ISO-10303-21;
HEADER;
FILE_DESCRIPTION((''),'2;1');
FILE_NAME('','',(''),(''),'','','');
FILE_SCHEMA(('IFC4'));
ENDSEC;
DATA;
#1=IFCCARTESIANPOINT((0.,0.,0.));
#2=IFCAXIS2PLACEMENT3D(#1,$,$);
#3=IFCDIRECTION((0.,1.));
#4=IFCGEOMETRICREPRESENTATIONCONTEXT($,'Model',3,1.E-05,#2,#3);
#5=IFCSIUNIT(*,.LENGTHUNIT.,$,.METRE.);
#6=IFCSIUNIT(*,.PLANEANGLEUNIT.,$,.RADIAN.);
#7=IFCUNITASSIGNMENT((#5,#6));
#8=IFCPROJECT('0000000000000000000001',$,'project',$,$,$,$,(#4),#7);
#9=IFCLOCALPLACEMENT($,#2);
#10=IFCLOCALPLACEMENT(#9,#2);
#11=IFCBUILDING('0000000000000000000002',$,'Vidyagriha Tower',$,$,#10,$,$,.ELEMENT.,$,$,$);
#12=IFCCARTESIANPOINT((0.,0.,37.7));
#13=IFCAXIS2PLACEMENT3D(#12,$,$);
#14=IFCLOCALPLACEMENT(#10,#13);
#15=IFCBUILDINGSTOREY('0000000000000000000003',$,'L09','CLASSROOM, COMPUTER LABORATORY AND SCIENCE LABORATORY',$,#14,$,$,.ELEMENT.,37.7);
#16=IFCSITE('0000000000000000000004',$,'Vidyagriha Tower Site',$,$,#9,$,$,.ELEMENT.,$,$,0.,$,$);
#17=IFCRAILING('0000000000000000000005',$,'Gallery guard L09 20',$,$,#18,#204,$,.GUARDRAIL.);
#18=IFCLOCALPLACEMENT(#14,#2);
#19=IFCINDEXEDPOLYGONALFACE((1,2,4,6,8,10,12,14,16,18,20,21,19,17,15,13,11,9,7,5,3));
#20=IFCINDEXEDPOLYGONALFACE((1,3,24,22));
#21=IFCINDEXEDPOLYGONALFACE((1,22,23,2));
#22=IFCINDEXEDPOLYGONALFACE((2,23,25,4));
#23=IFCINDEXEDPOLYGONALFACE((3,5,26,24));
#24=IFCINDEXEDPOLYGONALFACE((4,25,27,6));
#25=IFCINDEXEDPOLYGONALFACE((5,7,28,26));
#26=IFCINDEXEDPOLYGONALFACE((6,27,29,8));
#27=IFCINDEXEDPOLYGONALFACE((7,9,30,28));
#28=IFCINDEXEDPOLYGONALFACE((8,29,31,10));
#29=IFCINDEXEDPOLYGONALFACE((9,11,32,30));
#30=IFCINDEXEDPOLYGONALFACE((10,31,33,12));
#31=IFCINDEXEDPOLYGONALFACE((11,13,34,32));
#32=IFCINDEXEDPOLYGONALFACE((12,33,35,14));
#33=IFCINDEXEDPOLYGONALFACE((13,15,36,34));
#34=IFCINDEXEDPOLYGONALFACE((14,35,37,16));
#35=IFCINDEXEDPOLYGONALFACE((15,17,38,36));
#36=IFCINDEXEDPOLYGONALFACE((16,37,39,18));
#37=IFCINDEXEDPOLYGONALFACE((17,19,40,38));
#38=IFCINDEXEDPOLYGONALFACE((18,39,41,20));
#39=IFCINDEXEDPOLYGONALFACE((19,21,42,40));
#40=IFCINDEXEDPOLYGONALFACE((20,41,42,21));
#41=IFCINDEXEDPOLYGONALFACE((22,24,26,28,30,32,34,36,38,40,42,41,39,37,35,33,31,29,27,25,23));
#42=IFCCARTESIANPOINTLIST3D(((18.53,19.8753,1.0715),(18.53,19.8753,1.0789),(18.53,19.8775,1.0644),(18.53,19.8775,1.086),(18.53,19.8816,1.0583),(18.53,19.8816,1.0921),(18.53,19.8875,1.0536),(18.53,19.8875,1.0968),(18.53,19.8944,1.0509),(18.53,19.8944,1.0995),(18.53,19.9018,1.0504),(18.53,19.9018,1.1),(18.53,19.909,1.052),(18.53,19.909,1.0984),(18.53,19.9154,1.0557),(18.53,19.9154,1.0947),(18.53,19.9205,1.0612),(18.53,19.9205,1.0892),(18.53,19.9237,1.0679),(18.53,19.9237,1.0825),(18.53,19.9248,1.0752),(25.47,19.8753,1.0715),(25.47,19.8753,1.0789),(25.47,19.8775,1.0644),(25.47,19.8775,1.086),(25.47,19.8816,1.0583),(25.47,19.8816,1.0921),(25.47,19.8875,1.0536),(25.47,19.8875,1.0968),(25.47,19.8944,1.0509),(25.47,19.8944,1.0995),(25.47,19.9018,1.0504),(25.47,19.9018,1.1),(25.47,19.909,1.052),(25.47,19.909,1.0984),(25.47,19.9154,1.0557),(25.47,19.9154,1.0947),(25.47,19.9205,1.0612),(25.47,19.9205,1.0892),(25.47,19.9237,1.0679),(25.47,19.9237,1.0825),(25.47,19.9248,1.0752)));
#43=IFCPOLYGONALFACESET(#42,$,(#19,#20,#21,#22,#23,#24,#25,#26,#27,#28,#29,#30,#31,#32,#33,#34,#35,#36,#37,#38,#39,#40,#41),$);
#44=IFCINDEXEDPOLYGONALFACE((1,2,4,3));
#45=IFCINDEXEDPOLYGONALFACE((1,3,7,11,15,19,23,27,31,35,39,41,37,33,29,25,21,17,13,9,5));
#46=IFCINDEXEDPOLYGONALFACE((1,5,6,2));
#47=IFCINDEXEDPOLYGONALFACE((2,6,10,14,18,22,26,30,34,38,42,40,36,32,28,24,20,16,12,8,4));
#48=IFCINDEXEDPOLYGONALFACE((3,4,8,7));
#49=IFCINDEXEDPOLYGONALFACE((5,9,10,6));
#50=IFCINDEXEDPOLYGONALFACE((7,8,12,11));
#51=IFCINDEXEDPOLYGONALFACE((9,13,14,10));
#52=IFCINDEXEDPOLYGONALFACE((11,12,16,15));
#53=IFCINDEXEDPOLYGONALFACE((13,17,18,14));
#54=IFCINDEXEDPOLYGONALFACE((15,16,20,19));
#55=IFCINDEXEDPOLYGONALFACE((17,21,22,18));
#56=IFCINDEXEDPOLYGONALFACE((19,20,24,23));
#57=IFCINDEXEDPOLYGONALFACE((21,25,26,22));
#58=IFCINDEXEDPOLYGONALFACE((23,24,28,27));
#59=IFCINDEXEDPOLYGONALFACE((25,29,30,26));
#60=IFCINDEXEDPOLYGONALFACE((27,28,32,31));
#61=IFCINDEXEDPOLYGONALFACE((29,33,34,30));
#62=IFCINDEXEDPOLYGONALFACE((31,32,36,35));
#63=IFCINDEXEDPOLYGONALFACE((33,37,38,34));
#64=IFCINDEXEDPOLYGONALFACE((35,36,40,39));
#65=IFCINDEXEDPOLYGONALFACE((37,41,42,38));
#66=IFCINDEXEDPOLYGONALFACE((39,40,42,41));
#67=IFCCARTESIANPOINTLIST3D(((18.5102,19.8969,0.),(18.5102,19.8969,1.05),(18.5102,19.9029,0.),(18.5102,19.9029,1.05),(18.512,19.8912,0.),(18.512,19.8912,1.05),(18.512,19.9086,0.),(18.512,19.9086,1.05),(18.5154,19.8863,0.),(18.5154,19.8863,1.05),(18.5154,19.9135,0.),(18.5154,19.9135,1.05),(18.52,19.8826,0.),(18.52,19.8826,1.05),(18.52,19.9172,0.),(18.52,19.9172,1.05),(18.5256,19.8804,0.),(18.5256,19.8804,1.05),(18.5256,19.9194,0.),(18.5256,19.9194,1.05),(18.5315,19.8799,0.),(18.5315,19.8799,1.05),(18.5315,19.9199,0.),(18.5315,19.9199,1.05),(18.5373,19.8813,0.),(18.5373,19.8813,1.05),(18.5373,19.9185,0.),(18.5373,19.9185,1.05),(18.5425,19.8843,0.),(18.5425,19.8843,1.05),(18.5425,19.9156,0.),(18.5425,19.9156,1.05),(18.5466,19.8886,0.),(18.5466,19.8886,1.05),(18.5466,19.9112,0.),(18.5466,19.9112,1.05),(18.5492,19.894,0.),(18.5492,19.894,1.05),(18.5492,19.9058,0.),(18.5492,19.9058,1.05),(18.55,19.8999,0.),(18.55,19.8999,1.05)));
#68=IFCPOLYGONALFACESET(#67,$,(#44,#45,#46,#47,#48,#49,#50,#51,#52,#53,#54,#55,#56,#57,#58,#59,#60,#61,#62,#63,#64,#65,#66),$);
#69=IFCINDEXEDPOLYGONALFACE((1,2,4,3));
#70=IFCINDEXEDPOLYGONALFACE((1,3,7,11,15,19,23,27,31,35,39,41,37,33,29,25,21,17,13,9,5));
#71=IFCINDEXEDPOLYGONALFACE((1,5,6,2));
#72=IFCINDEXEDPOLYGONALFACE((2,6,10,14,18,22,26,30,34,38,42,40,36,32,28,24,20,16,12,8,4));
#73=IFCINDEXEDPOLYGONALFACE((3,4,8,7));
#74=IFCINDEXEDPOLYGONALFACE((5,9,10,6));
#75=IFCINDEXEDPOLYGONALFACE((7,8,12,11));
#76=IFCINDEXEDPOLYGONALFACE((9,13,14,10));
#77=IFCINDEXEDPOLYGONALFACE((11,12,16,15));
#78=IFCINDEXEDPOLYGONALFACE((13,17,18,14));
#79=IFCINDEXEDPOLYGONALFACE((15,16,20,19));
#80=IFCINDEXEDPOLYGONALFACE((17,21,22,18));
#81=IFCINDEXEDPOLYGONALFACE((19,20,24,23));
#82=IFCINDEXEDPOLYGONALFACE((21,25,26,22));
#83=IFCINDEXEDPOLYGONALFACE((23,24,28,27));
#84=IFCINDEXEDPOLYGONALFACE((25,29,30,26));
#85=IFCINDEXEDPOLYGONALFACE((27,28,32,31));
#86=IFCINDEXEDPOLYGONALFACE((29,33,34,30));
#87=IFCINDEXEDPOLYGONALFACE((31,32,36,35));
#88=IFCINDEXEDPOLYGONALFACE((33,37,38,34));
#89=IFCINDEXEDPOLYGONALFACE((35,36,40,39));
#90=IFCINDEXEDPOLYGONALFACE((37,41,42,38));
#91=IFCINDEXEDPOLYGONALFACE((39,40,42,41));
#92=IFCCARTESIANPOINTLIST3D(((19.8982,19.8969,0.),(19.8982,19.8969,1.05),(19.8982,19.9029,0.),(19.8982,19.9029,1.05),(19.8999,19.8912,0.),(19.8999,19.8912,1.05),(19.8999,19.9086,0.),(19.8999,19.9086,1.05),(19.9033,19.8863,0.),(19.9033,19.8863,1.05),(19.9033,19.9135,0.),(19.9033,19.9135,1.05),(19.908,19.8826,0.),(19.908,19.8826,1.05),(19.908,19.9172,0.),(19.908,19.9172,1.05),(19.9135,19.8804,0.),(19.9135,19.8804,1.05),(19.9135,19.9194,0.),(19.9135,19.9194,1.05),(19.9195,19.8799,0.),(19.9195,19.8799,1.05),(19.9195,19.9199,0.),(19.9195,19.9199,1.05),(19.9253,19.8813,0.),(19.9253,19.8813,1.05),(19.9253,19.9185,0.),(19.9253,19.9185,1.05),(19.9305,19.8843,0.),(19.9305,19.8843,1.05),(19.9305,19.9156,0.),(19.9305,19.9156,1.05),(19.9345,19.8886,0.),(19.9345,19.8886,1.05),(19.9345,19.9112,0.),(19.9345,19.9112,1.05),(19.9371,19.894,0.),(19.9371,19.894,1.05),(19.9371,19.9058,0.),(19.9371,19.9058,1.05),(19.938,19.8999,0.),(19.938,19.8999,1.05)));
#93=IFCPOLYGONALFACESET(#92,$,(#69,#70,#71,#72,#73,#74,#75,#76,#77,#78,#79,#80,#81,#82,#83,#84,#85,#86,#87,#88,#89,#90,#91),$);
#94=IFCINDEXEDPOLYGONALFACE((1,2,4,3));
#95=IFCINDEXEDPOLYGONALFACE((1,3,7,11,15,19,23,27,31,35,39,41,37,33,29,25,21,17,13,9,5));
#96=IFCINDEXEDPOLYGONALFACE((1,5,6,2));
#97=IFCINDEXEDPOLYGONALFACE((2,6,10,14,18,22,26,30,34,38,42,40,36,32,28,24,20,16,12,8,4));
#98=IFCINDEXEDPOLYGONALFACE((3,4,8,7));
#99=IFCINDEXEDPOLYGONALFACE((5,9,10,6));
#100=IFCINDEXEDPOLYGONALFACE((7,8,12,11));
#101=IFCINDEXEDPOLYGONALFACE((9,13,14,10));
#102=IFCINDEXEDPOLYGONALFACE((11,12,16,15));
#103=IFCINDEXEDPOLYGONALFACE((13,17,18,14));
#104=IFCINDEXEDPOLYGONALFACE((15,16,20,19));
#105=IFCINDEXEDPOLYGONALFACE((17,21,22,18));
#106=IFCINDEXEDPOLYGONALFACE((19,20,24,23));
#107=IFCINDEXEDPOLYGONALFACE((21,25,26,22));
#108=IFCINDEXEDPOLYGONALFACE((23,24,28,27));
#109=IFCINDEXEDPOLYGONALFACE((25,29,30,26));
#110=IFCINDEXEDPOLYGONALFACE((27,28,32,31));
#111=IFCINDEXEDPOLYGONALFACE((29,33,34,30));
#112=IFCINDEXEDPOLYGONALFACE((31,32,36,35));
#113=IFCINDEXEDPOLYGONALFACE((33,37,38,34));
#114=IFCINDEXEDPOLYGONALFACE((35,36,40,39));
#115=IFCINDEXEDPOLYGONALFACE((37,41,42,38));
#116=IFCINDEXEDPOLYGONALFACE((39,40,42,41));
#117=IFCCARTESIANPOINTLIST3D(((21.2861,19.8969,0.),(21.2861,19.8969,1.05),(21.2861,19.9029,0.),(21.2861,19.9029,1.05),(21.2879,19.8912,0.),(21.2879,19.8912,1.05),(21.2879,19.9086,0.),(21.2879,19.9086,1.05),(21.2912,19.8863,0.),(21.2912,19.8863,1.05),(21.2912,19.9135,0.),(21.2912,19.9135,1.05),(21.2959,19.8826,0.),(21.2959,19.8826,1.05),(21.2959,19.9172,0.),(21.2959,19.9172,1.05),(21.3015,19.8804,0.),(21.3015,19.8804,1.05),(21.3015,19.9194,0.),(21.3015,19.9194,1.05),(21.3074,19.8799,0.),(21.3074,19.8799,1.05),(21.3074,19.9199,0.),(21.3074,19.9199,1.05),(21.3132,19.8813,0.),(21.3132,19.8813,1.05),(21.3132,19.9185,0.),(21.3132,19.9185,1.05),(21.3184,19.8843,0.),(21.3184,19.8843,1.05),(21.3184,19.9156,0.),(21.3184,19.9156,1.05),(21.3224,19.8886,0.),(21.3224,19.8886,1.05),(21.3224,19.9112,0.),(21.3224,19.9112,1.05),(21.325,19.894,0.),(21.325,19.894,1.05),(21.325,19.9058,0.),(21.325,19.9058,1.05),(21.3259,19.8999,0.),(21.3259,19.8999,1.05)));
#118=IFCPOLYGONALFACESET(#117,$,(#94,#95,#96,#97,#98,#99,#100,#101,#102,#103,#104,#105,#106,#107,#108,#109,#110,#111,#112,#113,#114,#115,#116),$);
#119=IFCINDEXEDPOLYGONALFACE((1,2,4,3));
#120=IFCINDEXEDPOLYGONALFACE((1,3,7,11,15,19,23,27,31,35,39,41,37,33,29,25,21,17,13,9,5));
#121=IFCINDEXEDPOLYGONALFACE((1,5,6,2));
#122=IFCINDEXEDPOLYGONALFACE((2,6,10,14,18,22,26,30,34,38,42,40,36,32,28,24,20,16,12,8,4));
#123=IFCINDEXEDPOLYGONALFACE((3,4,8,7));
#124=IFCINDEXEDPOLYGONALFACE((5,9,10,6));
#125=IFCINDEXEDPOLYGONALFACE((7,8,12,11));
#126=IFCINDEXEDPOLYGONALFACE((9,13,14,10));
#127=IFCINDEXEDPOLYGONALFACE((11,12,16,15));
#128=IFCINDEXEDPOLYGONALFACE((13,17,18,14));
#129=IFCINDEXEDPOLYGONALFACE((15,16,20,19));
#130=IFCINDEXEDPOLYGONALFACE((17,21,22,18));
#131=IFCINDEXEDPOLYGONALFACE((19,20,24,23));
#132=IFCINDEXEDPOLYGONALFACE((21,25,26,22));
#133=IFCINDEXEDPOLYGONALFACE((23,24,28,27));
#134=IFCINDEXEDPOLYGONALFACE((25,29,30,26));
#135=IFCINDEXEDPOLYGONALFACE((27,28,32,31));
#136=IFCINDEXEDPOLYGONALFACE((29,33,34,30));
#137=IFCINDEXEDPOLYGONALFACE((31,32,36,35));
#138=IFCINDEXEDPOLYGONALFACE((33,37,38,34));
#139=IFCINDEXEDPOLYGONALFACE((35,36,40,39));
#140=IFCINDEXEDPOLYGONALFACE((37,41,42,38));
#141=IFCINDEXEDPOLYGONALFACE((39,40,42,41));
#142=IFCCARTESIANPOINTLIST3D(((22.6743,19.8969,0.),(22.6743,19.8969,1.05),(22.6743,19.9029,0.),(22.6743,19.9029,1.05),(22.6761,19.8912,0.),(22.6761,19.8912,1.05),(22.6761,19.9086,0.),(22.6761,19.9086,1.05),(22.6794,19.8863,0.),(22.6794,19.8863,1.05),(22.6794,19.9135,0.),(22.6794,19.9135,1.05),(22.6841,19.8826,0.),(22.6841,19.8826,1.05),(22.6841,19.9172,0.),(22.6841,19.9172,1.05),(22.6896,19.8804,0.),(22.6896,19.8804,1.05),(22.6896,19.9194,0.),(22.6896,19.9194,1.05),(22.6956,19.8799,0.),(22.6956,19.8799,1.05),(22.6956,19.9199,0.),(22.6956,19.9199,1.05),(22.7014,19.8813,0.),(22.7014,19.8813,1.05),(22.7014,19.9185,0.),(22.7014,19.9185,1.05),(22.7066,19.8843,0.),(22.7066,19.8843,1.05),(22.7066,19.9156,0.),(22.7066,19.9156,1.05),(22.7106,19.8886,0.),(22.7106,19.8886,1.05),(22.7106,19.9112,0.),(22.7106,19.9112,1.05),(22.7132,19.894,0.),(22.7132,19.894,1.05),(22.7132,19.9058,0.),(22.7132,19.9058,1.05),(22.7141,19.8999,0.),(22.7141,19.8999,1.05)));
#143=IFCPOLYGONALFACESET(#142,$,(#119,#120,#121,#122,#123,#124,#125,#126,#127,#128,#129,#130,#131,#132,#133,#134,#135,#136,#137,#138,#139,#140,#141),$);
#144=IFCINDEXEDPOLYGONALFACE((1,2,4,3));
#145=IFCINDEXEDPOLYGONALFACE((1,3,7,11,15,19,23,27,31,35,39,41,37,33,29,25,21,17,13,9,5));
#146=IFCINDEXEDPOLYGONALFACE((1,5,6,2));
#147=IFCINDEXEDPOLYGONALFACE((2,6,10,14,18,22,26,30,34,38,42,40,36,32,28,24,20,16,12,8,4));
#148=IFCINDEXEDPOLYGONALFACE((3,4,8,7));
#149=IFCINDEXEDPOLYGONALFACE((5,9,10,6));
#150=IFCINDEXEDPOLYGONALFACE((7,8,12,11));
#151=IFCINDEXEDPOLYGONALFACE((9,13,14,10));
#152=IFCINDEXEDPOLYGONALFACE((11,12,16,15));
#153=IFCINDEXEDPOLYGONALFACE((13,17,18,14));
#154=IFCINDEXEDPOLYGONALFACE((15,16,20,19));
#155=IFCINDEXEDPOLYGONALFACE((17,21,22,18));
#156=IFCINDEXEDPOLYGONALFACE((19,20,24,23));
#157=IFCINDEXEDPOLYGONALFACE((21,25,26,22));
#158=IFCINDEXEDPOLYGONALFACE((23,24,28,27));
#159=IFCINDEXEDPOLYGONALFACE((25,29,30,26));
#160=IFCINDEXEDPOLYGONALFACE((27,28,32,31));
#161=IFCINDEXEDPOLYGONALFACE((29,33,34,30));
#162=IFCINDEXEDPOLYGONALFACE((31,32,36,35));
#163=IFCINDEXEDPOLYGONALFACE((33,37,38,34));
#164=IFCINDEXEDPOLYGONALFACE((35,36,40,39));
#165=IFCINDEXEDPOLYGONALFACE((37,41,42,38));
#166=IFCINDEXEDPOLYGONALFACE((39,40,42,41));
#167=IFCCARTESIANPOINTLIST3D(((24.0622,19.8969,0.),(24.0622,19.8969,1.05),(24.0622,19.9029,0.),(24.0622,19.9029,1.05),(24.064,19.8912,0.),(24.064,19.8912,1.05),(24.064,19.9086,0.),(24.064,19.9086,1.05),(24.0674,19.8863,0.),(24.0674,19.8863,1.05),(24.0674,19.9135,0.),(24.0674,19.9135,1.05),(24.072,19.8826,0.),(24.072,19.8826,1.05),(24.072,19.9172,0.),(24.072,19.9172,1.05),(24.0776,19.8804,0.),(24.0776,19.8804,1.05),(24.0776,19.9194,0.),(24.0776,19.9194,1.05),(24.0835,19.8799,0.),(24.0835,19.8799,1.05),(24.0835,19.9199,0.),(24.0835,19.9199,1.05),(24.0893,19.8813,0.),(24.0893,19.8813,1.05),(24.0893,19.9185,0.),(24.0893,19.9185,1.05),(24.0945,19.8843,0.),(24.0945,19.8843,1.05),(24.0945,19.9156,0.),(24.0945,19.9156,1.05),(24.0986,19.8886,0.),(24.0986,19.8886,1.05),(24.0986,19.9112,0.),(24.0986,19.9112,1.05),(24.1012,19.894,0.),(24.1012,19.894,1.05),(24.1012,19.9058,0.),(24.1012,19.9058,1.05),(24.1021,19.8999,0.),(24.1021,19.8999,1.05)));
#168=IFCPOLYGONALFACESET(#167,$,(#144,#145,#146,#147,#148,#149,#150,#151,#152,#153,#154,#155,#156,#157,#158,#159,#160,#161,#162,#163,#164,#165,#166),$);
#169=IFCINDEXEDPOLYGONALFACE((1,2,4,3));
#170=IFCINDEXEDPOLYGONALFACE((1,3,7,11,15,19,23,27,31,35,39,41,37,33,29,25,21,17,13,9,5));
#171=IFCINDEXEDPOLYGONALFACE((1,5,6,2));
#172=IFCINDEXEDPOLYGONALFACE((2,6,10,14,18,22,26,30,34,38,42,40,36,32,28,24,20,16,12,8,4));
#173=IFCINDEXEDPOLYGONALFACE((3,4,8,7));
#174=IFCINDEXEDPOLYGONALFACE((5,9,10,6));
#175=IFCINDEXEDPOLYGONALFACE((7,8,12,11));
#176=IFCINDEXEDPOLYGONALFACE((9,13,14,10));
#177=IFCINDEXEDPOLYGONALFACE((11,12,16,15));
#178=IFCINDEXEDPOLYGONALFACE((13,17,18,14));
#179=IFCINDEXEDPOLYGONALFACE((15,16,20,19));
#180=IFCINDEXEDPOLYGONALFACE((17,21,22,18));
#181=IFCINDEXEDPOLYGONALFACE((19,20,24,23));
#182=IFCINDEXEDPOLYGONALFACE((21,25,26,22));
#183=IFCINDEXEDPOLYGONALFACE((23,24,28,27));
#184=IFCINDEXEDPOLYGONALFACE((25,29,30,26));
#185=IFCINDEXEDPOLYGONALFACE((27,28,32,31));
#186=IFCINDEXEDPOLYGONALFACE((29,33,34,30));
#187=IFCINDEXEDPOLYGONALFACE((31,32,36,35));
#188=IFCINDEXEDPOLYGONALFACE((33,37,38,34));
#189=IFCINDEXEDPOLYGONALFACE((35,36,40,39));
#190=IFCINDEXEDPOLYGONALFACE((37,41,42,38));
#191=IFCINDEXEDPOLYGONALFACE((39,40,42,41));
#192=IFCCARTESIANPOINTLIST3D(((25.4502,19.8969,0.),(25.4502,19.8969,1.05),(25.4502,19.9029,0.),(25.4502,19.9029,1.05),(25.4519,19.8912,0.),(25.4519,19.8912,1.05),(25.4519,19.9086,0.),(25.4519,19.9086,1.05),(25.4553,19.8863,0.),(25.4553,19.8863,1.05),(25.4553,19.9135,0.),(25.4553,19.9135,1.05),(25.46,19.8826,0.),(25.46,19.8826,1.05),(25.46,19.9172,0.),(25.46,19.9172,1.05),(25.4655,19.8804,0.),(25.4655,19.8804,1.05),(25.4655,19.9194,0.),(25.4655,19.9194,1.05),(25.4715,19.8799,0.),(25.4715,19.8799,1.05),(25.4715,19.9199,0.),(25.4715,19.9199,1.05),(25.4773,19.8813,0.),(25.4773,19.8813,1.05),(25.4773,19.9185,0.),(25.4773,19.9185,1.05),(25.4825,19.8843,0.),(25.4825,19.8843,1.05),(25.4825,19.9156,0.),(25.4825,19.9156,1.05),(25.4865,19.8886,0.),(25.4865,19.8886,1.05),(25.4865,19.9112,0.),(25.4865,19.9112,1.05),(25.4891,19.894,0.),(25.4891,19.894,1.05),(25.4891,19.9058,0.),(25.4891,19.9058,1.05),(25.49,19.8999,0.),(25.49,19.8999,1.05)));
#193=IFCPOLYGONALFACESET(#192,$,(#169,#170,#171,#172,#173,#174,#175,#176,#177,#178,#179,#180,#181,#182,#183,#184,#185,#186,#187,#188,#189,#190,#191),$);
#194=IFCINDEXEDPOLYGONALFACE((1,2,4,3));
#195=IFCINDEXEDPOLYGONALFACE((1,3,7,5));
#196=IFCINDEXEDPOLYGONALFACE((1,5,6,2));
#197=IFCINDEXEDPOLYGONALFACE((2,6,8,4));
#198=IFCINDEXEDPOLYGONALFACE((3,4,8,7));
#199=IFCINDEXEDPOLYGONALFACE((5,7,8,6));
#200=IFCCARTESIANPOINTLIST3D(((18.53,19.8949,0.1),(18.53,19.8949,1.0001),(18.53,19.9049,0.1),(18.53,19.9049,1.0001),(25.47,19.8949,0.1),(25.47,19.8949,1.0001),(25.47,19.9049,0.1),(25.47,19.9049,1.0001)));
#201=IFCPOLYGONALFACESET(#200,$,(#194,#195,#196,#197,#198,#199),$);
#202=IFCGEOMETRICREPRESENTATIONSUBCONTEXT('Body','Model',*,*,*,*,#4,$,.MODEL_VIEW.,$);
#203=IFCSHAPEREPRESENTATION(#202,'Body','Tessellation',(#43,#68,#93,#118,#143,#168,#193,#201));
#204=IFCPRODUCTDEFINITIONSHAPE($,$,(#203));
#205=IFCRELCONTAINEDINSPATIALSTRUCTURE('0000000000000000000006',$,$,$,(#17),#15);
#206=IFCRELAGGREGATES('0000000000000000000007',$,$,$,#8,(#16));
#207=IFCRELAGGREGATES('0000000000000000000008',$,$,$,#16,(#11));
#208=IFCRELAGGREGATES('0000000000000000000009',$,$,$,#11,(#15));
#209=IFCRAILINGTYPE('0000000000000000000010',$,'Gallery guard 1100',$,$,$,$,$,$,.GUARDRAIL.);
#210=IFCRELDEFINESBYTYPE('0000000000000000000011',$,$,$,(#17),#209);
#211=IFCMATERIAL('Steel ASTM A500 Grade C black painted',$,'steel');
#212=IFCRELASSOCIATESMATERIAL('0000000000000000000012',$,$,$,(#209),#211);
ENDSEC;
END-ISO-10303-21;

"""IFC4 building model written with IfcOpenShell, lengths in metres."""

from ifc_helpers import new_model, si_unit, direction, frame, origin, origin_2d, place, context, subcontext, project, spatial, rectangle, circle, extrude, material, type_object, element, save


model = new_model("IFC4")

# Units and contexts
model_context = context("Model", 3, precision=1e-05, world=origin(), true_north=direction((0.0, 1.0)))
body_context = subcontext(model_context, "Body", "Model", "MODEL_VIEW")
ifc_project = project(units=[si_unit("LENGTHUNIT", "METRE"), si_unit("PLANEANGLEUNIT", "RADIAN")], contexts=[model_context])

# Site, building, storey
site_placement = place(None, origin())
site = spatial("IfcSite", under=ifc_project, at=site_placement, Name="Vidyagriha Tower Site", CompositionType="ELEMENT", RefElevation=0.0)
building_placement = place(site_placement, origin())
building = spatial("IfcBuilding", under=site, at=building_placement, Name="Vidyagriha Tower", CompositionType="ELEMENT")
storey_placement = place(building_placement, frame((0.0, 0.0, 37.7)))
storey = spatial("IfcBuildingStorey", under=building, at=storey_placement, Name="L09", Description="CLASSROOM, COMPUTER LABORATORY AND SCIENCE LABORATORY", CompositionType="ELEMENT", Elevation=37.7)

# Railing
ifc_material_1 = material(Name="Steel ASTM A500 Grade C black painted", Category="steel")
railing_type = type_object("IfcRailingType", Name="Gallery guard 1100", PredefinedType="GUARDRAIL", material=ifc_material_1)
railing_1_placement = place(storey_placement, frame((18.53, 19.8999, 0.0)))
element("IfcRailing", 1, at=railing_1_placement, inside=storey, type_object=railing_type, Name="Gallery guard L09 20", PredefinedType="GUARDRAIL", context=body_context, shape_type="SweptSolid", body=[
    extrude(circle(Radius=0.0249, at=origin_2d()), frame((0.0, 0.0, 1.0752), z_axis=(1.0, 0.0, 0.0), x_axis=(0.0, 1.0, 0.0)), (0.0, 0.0, 1.0), 6.9399),
    extrude(circle(Radius=0.02, at=origin_2d()), origin(), (0.0, 0.0, 1.0), 1.05),
    extrude(circle(Radius=0.02, at=origin_2d()), frame((1.3879, 0.0, 0.0)), (0.0, 0.0, 1.0), 1.05),
    extrude(circle(Radius=0.02, at=origin_2d()), frame((2.7759, 0.0, 0.0)), (0.0, 0.0, 1.0), 1.05),
    extrude(circle(Radius=0.02, at=origin_2d()), frame((4.1641, 0.0, 0.0)), (0.0, 0.0, 1.0), 1.05),
    extrude(circle(Radius=0.02, at=origin_2d()), frame((5.552, 0.0, 0.0)), (0.0, 0.0, 1.0), 1.05),
    extrude(circle(Radius=0.02, at=origin_2d()), frame((6.9399, 0.0, 0.0)), (0.0, 0.0, 1.0), 1.05),
    extrude(rectangle(XDim=0.01, YDim=0.9001, at=origin_2d()), frame((0.0, 0.0, 0.55), z_axis=(1.0, 0.0, 0.0), x_axis=(0.0, 1.0, 0.0)), (0.0, 0.0, 1.0), 6.9399),
])

save(model, "model.ifc")
